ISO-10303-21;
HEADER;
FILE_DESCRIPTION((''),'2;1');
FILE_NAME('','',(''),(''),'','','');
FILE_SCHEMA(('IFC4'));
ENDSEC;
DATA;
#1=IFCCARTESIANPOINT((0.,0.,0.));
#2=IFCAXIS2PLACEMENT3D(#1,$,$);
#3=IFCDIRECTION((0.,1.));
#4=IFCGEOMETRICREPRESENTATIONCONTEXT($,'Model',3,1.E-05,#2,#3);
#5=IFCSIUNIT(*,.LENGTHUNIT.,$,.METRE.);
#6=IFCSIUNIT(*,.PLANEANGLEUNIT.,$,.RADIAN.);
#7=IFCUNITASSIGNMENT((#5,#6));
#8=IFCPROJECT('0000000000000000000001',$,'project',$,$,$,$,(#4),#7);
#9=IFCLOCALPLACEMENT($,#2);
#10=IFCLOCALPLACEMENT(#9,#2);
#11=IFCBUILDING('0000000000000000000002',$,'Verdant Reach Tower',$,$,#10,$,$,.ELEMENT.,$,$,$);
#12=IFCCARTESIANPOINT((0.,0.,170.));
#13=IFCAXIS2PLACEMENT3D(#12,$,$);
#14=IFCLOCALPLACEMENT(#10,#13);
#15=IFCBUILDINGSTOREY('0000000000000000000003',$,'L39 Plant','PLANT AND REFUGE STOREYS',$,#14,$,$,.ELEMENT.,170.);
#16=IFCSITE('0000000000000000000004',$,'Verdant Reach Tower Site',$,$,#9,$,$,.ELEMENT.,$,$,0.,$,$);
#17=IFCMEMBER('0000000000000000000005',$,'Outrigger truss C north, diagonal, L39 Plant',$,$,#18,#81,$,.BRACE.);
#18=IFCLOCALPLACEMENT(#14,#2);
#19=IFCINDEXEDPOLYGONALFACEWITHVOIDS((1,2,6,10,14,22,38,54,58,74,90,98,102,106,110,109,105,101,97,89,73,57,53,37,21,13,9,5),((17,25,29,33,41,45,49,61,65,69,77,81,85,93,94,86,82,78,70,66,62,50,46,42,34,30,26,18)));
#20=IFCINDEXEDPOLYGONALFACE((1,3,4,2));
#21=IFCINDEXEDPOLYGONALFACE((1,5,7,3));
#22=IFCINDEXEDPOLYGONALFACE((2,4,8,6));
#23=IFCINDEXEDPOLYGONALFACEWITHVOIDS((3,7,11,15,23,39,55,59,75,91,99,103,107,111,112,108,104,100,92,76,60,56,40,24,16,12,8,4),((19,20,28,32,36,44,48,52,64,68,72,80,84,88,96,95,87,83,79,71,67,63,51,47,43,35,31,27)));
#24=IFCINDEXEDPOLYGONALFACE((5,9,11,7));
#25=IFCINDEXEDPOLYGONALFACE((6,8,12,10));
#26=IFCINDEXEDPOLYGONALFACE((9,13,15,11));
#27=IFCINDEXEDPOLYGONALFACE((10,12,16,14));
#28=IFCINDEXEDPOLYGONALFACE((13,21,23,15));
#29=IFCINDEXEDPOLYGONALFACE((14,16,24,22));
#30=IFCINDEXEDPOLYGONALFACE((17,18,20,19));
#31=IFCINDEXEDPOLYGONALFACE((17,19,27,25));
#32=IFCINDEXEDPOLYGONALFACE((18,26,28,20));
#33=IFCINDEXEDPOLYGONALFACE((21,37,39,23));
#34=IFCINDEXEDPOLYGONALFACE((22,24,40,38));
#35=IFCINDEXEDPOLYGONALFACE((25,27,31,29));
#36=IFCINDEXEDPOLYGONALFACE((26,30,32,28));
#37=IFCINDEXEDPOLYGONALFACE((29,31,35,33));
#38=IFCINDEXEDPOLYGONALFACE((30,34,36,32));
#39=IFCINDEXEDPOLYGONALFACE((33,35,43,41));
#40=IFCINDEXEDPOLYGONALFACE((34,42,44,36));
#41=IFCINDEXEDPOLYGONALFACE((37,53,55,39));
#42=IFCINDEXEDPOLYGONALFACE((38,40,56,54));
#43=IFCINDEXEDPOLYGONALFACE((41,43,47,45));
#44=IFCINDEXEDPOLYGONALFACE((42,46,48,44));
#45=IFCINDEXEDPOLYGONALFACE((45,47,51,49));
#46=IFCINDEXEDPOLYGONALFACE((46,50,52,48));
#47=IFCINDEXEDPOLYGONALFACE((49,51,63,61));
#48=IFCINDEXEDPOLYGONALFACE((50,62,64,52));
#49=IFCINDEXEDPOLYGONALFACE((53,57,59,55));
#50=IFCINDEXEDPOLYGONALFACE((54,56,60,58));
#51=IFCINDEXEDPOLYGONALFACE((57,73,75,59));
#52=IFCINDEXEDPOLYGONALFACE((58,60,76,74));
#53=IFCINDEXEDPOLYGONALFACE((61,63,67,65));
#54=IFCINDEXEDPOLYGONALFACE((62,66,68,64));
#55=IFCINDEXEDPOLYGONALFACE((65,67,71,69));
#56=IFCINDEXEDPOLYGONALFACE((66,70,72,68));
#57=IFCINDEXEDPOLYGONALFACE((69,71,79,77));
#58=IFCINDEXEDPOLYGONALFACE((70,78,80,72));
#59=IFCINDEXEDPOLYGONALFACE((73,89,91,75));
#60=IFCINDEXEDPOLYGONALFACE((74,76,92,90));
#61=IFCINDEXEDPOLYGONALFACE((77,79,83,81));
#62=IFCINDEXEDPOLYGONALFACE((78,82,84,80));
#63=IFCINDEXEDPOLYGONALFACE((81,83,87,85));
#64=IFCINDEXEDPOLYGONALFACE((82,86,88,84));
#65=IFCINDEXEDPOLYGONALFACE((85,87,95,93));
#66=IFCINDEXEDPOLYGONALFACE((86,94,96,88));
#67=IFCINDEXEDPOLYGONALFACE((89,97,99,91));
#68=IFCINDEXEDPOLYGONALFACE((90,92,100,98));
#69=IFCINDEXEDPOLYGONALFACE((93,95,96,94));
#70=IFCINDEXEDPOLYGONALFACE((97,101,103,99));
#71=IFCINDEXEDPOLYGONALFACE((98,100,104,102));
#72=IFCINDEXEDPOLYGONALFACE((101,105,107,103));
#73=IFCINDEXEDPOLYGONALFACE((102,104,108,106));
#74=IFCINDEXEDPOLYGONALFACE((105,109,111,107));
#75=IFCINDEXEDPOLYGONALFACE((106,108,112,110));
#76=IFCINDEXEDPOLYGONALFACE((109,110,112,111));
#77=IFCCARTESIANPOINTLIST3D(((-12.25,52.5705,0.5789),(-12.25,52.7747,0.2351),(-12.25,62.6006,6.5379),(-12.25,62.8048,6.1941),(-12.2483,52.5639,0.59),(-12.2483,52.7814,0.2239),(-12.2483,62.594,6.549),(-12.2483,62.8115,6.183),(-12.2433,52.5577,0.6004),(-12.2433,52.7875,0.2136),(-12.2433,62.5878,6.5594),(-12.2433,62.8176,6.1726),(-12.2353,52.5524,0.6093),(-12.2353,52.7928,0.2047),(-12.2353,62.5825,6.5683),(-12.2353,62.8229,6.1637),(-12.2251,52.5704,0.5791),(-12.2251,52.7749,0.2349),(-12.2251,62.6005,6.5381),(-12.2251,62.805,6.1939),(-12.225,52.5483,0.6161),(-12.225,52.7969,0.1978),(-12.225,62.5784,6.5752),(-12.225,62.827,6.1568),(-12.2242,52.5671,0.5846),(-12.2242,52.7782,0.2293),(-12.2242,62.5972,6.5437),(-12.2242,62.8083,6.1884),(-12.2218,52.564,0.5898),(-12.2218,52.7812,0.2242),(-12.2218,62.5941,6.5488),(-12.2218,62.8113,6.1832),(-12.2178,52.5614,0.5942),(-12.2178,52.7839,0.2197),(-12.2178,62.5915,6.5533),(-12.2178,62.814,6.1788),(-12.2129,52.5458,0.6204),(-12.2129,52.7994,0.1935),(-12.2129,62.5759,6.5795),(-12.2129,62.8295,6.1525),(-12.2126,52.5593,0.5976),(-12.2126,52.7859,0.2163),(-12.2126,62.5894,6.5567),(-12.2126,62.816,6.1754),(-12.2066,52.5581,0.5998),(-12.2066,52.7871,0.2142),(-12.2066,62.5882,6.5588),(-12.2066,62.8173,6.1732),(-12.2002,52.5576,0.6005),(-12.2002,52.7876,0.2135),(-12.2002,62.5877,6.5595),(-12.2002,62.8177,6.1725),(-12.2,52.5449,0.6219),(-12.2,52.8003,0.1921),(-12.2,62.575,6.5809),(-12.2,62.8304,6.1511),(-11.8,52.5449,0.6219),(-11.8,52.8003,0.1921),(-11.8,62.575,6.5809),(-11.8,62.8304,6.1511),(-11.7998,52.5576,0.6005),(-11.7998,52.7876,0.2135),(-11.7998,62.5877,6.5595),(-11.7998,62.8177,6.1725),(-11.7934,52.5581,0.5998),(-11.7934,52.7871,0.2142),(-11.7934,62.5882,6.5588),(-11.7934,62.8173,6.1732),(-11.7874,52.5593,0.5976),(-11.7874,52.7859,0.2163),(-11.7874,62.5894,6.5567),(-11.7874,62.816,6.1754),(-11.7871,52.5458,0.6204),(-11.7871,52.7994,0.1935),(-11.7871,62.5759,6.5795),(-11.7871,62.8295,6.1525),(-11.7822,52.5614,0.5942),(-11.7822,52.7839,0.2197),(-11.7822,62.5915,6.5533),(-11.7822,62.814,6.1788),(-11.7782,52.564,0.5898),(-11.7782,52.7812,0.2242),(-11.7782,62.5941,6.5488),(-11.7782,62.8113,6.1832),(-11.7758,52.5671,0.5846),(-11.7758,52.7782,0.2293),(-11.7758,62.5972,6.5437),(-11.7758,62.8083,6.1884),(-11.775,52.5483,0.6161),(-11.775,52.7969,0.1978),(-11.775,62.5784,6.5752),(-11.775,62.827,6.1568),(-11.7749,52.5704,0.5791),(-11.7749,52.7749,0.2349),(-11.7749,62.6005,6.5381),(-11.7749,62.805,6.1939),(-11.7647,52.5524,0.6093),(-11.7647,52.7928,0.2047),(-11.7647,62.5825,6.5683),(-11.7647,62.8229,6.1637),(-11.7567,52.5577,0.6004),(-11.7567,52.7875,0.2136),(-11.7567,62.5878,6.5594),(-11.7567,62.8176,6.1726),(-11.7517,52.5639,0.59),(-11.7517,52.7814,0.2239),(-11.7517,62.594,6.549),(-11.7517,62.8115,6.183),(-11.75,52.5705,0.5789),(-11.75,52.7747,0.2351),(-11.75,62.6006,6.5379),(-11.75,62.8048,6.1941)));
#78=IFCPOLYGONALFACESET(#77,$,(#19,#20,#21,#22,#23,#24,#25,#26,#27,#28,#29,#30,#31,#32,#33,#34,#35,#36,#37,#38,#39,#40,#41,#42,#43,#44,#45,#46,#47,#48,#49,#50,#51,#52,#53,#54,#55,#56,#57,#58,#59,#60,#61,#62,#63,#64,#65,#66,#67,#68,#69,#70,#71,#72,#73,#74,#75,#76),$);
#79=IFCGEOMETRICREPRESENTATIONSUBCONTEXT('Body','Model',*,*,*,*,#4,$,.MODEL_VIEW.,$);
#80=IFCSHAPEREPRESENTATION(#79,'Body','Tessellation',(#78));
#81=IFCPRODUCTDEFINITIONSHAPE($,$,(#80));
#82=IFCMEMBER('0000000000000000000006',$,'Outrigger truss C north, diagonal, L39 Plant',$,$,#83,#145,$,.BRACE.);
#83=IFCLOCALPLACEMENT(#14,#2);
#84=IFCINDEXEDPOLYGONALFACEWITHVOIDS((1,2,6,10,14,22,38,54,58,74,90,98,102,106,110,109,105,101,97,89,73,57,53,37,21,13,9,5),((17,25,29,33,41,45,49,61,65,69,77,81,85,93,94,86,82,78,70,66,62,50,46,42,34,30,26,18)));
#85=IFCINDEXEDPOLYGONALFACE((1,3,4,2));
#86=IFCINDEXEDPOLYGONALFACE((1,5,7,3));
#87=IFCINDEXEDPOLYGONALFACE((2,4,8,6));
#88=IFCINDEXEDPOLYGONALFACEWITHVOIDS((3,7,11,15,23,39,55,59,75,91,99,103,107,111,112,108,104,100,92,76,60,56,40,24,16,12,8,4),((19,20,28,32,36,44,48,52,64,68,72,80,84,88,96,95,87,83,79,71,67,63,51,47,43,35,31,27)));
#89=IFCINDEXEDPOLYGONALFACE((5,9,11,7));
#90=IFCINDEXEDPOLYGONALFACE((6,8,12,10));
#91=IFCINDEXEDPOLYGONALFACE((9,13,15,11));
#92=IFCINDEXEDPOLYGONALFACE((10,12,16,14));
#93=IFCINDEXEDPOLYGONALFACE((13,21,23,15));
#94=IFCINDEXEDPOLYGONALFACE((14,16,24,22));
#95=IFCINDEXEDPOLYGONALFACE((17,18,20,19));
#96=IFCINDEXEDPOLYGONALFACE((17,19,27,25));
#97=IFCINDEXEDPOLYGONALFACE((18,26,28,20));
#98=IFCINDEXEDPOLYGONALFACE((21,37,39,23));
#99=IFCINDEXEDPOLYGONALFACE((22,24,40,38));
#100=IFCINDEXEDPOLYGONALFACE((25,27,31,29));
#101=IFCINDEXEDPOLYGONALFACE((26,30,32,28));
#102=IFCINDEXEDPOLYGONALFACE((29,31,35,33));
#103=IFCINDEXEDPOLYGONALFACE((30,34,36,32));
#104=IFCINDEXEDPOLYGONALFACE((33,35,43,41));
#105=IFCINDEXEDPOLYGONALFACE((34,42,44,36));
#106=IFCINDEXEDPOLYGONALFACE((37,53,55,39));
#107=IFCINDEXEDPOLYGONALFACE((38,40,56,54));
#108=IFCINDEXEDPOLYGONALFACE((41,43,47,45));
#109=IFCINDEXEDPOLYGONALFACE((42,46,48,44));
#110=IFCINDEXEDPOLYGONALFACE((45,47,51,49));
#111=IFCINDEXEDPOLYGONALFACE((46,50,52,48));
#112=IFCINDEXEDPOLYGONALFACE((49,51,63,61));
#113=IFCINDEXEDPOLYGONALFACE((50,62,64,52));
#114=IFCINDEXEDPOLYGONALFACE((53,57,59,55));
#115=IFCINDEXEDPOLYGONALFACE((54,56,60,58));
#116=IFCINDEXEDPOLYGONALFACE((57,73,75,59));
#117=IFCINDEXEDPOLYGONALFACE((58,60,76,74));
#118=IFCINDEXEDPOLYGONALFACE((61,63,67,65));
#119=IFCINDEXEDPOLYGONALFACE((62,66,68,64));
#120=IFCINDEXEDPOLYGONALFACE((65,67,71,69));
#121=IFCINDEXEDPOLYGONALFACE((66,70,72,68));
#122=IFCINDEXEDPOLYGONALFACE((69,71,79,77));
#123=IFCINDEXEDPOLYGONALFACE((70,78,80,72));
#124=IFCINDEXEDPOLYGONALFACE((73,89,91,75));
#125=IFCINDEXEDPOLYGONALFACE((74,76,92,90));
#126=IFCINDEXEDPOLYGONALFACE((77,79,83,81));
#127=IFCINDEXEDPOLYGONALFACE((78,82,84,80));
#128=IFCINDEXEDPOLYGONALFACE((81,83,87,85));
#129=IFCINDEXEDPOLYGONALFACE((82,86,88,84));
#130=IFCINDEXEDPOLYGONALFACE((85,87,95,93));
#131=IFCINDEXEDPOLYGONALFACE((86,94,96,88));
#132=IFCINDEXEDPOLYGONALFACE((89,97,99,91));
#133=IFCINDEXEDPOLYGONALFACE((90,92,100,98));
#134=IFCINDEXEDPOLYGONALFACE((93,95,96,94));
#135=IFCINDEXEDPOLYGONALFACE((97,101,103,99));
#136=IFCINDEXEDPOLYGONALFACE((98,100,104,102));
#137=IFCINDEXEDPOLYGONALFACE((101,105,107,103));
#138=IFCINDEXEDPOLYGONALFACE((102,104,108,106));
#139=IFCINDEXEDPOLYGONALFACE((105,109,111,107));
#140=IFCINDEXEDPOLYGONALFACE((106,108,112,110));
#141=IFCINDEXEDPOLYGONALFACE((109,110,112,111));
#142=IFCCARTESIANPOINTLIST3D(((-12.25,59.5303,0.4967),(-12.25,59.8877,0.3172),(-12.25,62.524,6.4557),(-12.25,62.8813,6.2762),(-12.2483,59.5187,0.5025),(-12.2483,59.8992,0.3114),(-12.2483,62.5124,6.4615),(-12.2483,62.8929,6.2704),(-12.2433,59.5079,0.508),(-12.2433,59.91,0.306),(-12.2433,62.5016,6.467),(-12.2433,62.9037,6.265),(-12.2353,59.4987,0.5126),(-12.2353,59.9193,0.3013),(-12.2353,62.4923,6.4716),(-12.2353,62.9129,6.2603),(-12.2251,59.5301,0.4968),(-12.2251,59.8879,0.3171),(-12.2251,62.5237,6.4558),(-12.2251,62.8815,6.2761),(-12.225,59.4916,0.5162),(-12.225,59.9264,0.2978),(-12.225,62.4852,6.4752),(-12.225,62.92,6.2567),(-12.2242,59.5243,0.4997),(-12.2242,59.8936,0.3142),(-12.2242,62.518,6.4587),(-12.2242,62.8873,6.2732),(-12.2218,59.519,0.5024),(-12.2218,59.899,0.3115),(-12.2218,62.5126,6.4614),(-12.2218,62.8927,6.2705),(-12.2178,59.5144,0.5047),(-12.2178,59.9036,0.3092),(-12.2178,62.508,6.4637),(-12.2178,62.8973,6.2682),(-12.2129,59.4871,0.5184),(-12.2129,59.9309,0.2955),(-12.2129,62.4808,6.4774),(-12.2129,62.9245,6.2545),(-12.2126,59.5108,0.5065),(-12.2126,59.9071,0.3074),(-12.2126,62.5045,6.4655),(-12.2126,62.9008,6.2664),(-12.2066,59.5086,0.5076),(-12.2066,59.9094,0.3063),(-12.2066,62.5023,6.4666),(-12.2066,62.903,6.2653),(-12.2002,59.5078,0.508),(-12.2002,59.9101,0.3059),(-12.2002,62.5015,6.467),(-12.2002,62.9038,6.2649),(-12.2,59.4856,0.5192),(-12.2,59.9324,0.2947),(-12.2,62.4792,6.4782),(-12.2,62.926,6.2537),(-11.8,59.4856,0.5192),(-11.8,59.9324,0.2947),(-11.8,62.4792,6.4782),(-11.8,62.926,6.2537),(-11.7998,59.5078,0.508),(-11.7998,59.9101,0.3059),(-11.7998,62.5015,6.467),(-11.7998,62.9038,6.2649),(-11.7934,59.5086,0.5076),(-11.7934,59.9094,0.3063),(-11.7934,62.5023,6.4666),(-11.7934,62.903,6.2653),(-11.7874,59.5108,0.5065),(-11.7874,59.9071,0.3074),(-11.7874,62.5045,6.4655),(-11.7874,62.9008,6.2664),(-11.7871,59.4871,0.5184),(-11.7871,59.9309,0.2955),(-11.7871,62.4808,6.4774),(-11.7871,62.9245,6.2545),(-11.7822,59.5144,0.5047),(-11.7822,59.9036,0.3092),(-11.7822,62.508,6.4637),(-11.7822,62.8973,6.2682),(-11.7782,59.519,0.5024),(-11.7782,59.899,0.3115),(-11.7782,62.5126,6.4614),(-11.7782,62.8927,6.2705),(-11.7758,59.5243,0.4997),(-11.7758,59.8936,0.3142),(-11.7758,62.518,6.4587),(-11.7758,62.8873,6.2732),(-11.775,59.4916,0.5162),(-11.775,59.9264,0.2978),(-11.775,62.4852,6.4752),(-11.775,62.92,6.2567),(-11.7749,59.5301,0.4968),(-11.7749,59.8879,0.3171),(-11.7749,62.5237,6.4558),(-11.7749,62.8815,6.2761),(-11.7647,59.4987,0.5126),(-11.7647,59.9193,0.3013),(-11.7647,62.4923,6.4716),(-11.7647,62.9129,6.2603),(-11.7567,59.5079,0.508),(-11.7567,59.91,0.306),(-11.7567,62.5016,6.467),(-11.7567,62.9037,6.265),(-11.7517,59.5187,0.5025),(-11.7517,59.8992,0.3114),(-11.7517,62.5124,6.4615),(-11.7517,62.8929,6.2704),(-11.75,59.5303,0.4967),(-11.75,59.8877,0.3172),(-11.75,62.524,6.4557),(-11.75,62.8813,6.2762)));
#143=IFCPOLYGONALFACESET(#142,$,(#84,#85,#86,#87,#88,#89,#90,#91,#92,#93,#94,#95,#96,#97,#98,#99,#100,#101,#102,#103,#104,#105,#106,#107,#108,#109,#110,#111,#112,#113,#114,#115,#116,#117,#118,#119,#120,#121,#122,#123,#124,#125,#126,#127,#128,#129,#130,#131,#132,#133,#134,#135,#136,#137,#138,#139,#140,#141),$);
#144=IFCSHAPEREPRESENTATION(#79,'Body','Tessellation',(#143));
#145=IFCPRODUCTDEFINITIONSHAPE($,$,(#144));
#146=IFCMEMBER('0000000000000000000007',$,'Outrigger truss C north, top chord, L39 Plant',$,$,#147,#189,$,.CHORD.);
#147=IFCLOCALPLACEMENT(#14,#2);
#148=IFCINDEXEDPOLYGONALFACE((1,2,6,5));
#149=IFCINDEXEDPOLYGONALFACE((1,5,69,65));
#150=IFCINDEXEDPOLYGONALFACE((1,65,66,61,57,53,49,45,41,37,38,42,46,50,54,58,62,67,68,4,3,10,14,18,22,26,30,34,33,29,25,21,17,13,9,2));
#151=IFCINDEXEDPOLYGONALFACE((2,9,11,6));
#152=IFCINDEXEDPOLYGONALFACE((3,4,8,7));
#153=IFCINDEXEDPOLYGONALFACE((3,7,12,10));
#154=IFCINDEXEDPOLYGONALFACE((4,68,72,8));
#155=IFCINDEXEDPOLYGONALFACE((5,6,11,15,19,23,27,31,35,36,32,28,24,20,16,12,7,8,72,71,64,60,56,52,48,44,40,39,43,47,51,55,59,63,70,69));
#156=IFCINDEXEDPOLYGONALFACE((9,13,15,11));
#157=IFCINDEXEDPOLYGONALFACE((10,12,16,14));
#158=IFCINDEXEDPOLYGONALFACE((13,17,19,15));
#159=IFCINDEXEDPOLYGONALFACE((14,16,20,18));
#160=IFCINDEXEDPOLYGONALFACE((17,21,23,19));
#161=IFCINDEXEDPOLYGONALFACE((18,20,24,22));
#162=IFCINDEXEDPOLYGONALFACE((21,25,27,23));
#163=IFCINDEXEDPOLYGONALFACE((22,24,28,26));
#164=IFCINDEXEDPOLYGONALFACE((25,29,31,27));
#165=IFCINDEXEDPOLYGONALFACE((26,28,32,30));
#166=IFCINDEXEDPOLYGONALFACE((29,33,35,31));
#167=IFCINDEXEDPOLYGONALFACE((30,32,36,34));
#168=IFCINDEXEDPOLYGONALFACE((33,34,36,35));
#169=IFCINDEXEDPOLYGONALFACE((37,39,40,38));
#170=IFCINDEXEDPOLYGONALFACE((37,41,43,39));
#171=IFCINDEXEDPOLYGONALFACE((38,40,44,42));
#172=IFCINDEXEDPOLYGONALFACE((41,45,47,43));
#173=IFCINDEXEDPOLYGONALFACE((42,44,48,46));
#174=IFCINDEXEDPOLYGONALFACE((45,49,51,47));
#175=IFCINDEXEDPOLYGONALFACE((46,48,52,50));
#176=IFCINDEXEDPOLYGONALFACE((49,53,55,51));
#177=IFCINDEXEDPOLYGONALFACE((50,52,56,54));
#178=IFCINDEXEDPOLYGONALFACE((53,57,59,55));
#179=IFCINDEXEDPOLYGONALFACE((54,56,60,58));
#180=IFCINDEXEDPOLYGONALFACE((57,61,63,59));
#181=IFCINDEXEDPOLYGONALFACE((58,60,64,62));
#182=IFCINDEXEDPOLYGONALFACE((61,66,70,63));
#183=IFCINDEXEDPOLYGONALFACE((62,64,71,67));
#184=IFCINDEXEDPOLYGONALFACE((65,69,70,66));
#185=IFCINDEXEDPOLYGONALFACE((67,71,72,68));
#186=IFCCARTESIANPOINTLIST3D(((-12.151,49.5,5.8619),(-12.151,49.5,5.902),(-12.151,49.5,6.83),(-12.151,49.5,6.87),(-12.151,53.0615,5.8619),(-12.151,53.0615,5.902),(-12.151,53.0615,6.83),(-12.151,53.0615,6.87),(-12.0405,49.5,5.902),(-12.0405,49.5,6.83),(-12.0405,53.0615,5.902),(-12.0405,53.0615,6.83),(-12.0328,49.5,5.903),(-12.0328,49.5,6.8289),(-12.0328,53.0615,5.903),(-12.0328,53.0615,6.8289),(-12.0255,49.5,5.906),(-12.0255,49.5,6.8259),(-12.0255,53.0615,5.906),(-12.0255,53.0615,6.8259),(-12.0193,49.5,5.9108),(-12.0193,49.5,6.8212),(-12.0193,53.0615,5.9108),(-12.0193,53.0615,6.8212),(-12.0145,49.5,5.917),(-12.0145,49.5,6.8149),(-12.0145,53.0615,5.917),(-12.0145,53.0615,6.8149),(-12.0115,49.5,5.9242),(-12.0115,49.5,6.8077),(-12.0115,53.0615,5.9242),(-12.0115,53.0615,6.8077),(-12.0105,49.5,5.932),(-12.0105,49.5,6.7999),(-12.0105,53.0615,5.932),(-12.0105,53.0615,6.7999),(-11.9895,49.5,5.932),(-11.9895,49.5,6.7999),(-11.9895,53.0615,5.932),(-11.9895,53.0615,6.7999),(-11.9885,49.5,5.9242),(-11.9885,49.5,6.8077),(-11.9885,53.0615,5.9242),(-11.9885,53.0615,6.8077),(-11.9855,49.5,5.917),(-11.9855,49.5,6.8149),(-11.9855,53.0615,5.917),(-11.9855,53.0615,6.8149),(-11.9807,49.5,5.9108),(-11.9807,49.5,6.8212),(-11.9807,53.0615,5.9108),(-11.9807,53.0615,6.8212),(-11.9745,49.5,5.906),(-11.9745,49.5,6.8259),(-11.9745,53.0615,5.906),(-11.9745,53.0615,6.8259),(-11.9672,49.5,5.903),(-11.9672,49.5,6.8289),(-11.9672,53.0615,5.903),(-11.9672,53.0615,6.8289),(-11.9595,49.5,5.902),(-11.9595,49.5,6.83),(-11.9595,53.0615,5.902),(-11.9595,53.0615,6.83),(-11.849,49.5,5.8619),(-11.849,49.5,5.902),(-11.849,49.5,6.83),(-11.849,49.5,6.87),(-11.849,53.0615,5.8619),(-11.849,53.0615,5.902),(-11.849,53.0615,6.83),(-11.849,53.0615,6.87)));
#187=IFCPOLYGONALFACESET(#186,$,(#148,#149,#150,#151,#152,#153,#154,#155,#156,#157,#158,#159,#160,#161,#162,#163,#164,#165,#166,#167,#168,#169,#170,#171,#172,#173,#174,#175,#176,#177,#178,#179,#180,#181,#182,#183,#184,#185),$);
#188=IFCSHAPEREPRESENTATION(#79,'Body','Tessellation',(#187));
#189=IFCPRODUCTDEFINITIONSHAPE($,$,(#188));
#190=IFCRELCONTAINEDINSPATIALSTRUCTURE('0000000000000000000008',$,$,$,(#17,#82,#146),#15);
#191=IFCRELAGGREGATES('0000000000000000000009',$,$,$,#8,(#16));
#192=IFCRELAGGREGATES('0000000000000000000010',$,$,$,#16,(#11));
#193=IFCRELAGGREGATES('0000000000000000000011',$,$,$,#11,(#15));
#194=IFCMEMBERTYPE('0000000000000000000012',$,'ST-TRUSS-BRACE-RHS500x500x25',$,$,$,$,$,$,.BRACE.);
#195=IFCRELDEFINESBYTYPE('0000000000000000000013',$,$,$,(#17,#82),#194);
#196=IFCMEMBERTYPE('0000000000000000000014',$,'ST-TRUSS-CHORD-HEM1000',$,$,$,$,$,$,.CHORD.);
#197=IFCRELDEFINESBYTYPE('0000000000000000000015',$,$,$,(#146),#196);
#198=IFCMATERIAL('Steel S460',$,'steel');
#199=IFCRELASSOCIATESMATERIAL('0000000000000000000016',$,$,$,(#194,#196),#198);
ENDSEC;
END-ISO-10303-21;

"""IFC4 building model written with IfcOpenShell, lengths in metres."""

from ifc_helpers import new_model, si_unit, direction, frame, origin, origin_2d, place, context, subcontext, project, spatial, hollow_rectangle, i_section, extrude, material, material_profile, profile_set, type_object, element, save


model = new_model("IFC4")

# Units and contexts
model_context = context("Model", 3, precision=1e-05, world=origin(), true_north=direction((0.0, 1.0)))
body_context = subcontext(model_context, "Body", "Model", "MODEL_VIEW")
ifc_project = project(units=[si_unit("LENGTHUNIT", "METRE"), si_unit("PLANEANGLEUNIT", "RADIAN")], contexts=[model_context])

# Site, building, storey
site_placement = place(None, origin())
site = spatial("IfcSite", under=ifc_project, at=site_placement, Name="Verdant Reach Tower Site", CompositionType="ELEMENT", RefElevation=0.0)
building_placement = place(site_placement, origin())
building = spatial("IfcBuilding", under=site, at=building_placement, Name="Verdant Reach Tower", CompositionType="ELEMENT")
storey_placement = place(building_placement, frame((0.0, 0.0, 170.0)))
storey = spatial("IfcBuildingStorey", under=building, at=storey_placement, Name="L39 Plant", Description="PLANT AND REFUGE STOREYS", CompositionType="ELEMENT", Elevation=170.0)

# Shared definitions
ifc_material_1 = material(Name="Steel S460", Category="steel")

# Members
ifc_material_profile_1 = material_profile(ifc_material_1, hollow_rectangle(XDim=0.5, YDim=0.5, WallThickness=0.0249, InnerFilletRadius=0.0249, OuterFilletRadius=0.05, at=origin_2d()), Name="RHS 500x500x25")
ifc_profile_set_1 = profile_set([ifc_material_profile_1], Name="Steel S460")
member_type_1 = type_object("IfcMemberType", Name="ST-TRUSS-BRACE-RHS500x500x25", PredefinedType="BRACE", material=ifc_profile_set_1)
member_1_placement = place(storey_placement, frame((-12.0, 52.6726, 0.407), z_axis=(0.0, 0.859717, 0.51077), x_axis=(-1.0, 0.0, 0.0)))
element("IfcMember", 1, at=member_1_placement, inside=storey, type_object=member_type_1, Name="Outrigger truss C north, diagonal, L39 Plant", PredefinedType="BRACE", context=body_context, shape_type="SweptSolid", body=[
    extrude(hollow_rectangle(XDim=0.5, YDim=0.5, WallThickness=0.0249, InnerFilletRadius=0.0249, OuterFilletRadius=0.05, at=origin_2d()), origin(), (0.0, 0.0, 1.0), 11.6667),
])
member_2_placement = place(storey_placement, frame((-12.0, 62.7026, 6.366), z_axis=(0.0, -0.448911, -0.893576), x_axis=(1.0, 0.0, 0.0)))
element("IfcMember", 2, at=member_2_placement, inside=storey, type_object=member_type_1, Name="Outrigger truss C north, diagonal, L39 Plant", PredefinedType="BRACE", context=body_context, shape_type="SweptSolid", body=[
    extrude(hollow_rectangle(XDim=0.5, YDim=0.5, WallThickness=0.0249, InnerFilletRadius=0.0249, OuterFilletRadius=0.05, at=origin_2d()), origin(), (0.0, 0.0, 1.0), 6.6687),
])
ifc_material_profile_2 = material_profile(ifc_material_1, i_section(OverallWidth=0.302, OverallDepth=1.0081, WebThickness=0.021, FlangeThickness=0.04, FilletRadius=0.03, at=origin_2d()), Name="HEM 1000")
ifc_profile_set_2 = profile_set([ifc_material_profile_2], Name="Steel S460")
member_type_2 = type_object("IfcMemberType", Name="ST-TRUSS-CHORD-HEM1000", PredefinedType="CHORD", material=ifc_profile_set_2)
member_3_placement = place(storey_placement, frame((-12.0, 49.5, 6.366), z_axis=(0.0, 1.0, 0.0), x_axis=(-1.0, 0.0, 0.0)))
element("IfcMember", 3, at=member_3_placement, inside=storey, type_object=member_type_2, Name="Outrigger truss C north, top chord, L39 Plant", PredefinedType="CHORD", context=body_context, shape_type="SweptSolid", body=[
    extrude(i_section(OverallWidth=0.302, OverallDepth=1.0081, WebThickness=0.021, FlangeThickness=0.04, FilletRadius=0.03, at=origin_2d()), origin(), (0.0, 0.0, 1.0), 3.5615),
])

save(model, "model.ifc")
